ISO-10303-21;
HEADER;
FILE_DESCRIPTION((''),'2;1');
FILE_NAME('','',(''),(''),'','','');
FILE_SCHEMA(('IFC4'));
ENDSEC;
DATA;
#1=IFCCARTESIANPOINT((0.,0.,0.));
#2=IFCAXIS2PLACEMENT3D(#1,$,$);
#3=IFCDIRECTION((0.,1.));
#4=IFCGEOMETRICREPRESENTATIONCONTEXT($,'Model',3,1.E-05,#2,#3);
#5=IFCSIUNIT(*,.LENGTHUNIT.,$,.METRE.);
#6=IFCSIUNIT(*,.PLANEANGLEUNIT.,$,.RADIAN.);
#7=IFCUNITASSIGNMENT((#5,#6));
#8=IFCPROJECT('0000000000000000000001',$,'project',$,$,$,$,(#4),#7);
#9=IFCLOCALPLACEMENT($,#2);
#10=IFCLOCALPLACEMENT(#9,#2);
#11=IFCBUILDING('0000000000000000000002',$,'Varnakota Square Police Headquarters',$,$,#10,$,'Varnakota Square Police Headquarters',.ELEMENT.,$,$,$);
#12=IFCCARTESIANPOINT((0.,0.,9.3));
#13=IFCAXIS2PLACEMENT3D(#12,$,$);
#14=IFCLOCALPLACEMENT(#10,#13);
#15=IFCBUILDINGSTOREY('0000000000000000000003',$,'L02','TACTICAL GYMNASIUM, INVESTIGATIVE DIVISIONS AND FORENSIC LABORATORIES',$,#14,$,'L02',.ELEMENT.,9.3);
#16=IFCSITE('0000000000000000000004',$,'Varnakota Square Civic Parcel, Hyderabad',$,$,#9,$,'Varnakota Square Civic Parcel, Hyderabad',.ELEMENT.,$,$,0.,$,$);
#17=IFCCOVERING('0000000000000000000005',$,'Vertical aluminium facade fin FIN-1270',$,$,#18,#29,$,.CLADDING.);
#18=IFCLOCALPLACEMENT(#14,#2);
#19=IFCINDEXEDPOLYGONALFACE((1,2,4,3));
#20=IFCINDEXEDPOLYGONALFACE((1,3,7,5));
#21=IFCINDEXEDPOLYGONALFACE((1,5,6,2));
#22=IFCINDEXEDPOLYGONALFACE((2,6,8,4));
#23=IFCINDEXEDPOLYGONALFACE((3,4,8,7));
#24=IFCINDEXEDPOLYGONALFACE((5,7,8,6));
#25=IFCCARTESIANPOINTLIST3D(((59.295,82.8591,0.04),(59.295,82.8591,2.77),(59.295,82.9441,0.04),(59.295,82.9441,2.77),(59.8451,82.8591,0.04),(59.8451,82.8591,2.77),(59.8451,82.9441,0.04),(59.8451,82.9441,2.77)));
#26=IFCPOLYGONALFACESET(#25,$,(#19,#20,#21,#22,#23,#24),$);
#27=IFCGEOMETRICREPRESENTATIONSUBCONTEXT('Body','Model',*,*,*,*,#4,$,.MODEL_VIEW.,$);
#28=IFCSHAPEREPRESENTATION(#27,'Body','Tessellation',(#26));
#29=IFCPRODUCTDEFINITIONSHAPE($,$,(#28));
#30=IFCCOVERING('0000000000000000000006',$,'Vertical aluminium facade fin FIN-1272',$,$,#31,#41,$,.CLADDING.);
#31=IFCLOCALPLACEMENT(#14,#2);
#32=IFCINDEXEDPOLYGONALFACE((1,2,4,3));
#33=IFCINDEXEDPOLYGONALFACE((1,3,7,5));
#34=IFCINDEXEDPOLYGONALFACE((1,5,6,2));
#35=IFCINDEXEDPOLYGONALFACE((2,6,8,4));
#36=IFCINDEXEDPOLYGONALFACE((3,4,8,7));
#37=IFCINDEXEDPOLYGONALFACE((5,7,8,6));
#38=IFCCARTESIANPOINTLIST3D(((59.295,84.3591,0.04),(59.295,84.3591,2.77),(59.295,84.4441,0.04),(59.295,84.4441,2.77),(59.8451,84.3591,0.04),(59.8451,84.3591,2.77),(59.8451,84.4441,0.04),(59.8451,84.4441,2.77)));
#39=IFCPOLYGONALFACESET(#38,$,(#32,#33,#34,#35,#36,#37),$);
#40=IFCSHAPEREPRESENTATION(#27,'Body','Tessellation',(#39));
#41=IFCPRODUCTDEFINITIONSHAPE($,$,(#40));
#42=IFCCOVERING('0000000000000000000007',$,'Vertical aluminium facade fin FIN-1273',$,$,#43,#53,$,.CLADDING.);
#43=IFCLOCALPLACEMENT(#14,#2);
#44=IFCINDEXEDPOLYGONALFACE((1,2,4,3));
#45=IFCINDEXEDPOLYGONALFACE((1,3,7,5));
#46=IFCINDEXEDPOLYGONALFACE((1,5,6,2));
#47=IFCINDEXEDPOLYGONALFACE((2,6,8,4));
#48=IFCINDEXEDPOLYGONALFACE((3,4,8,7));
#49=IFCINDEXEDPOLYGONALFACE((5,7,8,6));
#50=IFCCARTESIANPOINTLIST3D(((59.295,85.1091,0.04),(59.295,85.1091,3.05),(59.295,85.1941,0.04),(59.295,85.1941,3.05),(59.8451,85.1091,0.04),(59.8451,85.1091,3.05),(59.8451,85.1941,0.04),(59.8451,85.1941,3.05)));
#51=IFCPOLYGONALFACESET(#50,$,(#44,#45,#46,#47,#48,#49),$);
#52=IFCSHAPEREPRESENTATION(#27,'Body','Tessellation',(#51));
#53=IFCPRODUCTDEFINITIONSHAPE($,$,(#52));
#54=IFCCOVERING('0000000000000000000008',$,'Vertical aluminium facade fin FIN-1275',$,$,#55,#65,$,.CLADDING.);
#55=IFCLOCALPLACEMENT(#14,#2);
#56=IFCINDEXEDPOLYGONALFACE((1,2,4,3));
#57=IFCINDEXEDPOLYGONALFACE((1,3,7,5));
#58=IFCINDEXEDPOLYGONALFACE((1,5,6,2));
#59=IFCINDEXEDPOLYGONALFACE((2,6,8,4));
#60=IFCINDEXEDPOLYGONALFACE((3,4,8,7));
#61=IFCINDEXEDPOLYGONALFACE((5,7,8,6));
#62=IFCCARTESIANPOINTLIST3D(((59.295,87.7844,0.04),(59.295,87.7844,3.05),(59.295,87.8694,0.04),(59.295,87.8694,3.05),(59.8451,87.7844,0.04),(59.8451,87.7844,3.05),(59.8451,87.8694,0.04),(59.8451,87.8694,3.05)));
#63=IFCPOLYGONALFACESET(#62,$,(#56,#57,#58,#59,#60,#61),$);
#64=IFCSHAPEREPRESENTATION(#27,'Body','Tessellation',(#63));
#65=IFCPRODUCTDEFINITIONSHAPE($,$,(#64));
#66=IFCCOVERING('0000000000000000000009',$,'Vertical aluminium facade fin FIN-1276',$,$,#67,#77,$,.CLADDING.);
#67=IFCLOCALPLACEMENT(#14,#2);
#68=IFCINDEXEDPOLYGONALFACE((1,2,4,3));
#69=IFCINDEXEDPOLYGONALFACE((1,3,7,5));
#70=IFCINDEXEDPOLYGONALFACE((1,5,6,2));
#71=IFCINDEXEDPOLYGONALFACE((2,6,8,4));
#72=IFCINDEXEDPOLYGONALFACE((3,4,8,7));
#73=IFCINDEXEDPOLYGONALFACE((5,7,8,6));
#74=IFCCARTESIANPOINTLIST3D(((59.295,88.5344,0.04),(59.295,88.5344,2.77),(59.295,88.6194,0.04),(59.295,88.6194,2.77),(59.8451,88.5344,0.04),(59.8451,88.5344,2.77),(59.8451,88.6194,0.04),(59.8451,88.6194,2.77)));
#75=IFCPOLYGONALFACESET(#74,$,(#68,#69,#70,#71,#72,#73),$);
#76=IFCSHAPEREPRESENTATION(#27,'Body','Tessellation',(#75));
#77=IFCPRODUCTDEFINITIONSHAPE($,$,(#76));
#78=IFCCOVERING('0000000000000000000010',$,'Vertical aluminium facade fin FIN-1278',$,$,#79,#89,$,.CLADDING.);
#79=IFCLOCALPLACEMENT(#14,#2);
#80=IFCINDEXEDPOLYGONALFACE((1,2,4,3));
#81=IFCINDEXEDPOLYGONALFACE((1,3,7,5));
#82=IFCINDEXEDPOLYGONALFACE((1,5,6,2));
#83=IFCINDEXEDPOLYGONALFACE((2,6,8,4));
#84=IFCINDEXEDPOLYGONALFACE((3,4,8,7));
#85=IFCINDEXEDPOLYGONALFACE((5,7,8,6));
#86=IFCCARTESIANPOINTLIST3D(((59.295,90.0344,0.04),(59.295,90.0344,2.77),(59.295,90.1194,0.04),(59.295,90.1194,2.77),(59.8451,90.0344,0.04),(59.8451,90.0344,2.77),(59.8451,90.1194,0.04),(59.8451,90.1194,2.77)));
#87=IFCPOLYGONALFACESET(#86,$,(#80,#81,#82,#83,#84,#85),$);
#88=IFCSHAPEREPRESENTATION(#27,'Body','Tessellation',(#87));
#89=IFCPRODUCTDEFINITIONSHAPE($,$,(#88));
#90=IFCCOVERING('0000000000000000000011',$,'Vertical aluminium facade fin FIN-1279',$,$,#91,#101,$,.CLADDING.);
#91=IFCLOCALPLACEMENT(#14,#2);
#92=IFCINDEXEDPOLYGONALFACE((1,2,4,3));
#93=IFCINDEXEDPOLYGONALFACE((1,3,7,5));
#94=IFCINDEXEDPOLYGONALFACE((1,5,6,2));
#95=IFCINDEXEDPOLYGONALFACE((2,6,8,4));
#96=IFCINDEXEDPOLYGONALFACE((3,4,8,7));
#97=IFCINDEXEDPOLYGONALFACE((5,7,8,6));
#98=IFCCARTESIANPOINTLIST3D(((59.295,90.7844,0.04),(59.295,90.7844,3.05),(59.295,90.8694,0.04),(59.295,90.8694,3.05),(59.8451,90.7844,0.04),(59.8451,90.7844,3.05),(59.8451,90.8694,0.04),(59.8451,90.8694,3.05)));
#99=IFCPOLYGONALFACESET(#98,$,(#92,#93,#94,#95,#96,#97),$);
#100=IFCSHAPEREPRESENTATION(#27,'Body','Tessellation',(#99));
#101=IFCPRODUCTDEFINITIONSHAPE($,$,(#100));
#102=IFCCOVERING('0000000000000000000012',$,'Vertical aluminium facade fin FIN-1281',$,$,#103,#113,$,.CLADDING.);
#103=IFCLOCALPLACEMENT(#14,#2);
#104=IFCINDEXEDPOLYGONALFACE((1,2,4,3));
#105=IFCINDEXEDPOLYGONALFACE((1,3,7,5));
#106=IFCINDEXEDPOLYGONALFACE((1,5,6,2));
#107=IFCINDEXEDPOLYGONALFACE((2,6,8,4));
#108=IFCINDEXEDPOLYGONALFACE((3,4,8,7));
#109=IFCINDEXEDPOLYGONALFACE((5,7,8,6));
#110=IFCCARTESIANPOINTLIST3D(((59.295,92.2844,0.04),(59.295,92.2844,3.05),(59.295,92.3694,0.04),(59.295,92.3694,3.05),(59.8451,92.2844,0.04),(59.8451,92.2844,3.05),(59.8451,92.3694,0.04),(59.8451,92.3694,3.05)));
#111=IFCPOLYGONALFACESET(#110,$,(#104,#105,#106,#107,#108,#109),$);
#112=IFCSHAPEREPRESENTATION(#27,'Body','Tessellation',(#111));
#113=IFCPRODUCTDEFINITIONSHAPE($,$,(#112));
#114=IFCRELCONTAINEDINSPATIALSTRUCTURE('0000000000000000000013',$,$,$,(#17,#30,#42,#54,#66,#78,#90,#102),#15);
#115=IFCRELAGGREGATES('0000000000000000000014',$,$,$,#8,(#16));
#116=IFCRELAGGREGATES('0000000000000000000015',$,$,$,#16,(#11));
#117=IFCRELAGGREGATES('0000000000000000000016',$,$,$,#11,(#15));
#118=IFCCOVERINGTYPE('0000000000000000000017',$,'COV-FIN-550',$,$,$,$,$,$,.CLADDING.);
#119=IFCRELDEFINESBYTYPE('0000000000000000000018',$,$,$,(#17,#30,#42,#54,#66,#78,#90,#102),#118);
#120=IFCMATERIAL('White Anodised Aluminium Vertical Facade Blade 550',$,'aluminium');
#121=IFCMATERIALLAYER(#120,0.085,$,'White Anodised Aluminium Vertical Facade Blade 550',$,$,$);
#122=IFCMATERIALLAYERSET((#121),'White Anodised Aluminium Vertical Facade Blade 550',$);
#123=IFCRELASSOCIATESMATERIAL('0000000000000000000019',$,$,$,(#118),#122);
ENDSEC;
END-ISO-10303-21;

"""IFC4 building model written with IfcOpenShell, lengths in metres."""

from ifc_helpers import new_model, si_unit, direction, frame, origin, origin_2d, place, context, subcontext, project, spatial, rectangle, extrude, material, layer, layer_set, type_object, element, save


model = new_model("IFC4")

# Units and contexts
model_context = context("Model", 3, precision=1e-05, world=origin(), true_north=direction((0.0, 1.0)))
body_context = subcontext(model_context, "Body", "Model", "MODEL_VIEW")
ifc_project = project(units=[si_unit("LENGTHUNIT", "METRE"), si_unit("PLANEANGLEUNIT", "RADIAN")], contexts=[model_context])

# Site, building, storey
site_placement = place(None, origin())
site = spatial("IfcSite", under=ifc_project, at=site_placement, Name="Varnakota Square Civic Parcel, Hyderabad", LongName="Varnakota Square Civic Parcel, Hyderabad", CompositionType="ELEMENT", RefElevation=0.0)
building_placement = place(site_placement, origin())
building = spatial("IfcBuilding", under=site, at=building_placement, Name="Varnakota Square Police Headquarters", LongName="Varnakota Square Police Headquarters", CompositionType="ELEMENT")
storey_placement = place(building_placement, frame((0.0, 0.0, 9.3)))
storey = spatial("IfcBuildingStorey", under=building, at=storey_placement, Name="L02", Description="TACTICAL GYMNASIUM, INVESTIGATIVE DIVISIONS AND FORENSIC LABORATORIES", LongName="L02", CompositionType="ELEMENT", Elevation=9.3)

# Coverings
ifc_material_1 = material(Name="White Anodised Aluminium Vertical Facade Blade 550", Category="aluminium")
ifc_layer_1 = layer(ifc_material_1, 0.085, Name="White Anodised Aluminium Vertical Facade Blade 550")
ifc_layer_set_1 = layer_set([ifc_layer_1], Name="White Anodised Aluminium Vertical Facade Blade 550")
covering_type_1 = type_object("IfcCoveringType", Name="COV-FIN-550", PredefinedType="CLADDING", material=ifc_layer_set_1)
for number, where, z_axis, x_axis, name in (
    (1, (59.5701, 82.9016, 0.04), (0.0, 0.0, 1.0), (0.0, 1.0, 0.0), "Vertical aluminium facade fin FIN-1270"),
    (2, (59.5701, 84.4016, 0.04), (0.0, 0.0, 1.0), (0.0, 1.0, 0.0), "Vertical aluminium facade fin FIN-1272"),
):
    element("IfcCovering", number, at=place(storey_placement, frame(where, z_axis=z_axis, x_axis=x_axis)), inside=storey, type_object=covering_type_1, Name=name, PredefinedType="CLADDING", context=body_context, shape_type="SweptSolid", body=[
        extrude(rectangle(XDim=0.085, YDim=0.55, at=origin_2d()), origin(), (0.0, 0.0, 1.0), 2.73),
    ])
for number, where, z_axis, x_axis, name in (
    (3, (59.5701, 85.1516, 0.04), (0.0, 0.0, 1.0), (0.0, 1.0, 0.0), "Vertical aluminium facade fin FIN-1273"),
    (4, (59.5701, 87.8269, 0.04), (0.0, 0.0, 1.0), (0.0, 1.0, 0.0), "Vertical aluminium facade fin FIN-1275"),
):
    element("IfcCovering", number, at=place(storey_placement, frame(where, z_axis=z_axis, x_axis=x_axis)), inside=storey, type_object=covering_type_1, Name=name, PredefinedType="CLADDING", context=body_context, shape_type="SweptSolid", body=[
        extrude(rectangle(XDim=0.085, YDim=0.55, at=origin_2d()), origin(), (0.0, 0.0, 1.0), 3.01),
    ])
for number, where, z_axis, x_axis, name in (
    (5, (59.5701, 88.5769, 0.04), (0.0, 0.0, 1.0), (0.0, 1.0, 0.0), "Vertical aluminium facade fin FIN-1276"),
    (6, (59.5701, 90.0769, 0.04), (0.0, 0.0, 1.0), (0.0, 1.0, 0.0), "Vertical aluminium facade fin FIN-1278"),
):
    element("IfcCovering", number, at=place(storey_placement, frame(where, z_axis=z_axis, x_axis=x_axis)), inside=storey, type_object=covering_type_1, Name=name, PredefinedType="CLADDING", context=body_context, shape_type="SweptSolid", body=[
        extrude(rectangle(XDim=0.085, YDim=0.55, at=origin_2d()), origin(), (0.0, 0.0, 1.0), 2.73),
    ])
for number, where, z_axis, x_axis, name in (
    (7, (59.5701, 90.8269, 0.04), (0.0, 0.0, 1.0), (0.0, 1.0, 0.0), "Vertical aluminium facade fin FIN-1279"),
    (8, (59.5701, 92.3269, 0.04), (0.0, 0.0, 1.0), (0.0, 1.0, 0.0), "Vertical aluminium facade fin FIN-1281"),
):
    element("IfcCovering", number, at=place(storey_placement, frame(where, z_axis=z_axis, x_axis=x_axis)), inside=storey, type_object=covering_type_1, Name=name, PredefinedType="CLADDING", context=body_context, shape_type="SweptSolid", body=[
        extrude(rectangle(XDim=0.085, YDim=0.55, at=origin_2d()), origin(), (0.0, 0.0, 1.0), 3.01),
    ])

save(model, "model.ifc")
